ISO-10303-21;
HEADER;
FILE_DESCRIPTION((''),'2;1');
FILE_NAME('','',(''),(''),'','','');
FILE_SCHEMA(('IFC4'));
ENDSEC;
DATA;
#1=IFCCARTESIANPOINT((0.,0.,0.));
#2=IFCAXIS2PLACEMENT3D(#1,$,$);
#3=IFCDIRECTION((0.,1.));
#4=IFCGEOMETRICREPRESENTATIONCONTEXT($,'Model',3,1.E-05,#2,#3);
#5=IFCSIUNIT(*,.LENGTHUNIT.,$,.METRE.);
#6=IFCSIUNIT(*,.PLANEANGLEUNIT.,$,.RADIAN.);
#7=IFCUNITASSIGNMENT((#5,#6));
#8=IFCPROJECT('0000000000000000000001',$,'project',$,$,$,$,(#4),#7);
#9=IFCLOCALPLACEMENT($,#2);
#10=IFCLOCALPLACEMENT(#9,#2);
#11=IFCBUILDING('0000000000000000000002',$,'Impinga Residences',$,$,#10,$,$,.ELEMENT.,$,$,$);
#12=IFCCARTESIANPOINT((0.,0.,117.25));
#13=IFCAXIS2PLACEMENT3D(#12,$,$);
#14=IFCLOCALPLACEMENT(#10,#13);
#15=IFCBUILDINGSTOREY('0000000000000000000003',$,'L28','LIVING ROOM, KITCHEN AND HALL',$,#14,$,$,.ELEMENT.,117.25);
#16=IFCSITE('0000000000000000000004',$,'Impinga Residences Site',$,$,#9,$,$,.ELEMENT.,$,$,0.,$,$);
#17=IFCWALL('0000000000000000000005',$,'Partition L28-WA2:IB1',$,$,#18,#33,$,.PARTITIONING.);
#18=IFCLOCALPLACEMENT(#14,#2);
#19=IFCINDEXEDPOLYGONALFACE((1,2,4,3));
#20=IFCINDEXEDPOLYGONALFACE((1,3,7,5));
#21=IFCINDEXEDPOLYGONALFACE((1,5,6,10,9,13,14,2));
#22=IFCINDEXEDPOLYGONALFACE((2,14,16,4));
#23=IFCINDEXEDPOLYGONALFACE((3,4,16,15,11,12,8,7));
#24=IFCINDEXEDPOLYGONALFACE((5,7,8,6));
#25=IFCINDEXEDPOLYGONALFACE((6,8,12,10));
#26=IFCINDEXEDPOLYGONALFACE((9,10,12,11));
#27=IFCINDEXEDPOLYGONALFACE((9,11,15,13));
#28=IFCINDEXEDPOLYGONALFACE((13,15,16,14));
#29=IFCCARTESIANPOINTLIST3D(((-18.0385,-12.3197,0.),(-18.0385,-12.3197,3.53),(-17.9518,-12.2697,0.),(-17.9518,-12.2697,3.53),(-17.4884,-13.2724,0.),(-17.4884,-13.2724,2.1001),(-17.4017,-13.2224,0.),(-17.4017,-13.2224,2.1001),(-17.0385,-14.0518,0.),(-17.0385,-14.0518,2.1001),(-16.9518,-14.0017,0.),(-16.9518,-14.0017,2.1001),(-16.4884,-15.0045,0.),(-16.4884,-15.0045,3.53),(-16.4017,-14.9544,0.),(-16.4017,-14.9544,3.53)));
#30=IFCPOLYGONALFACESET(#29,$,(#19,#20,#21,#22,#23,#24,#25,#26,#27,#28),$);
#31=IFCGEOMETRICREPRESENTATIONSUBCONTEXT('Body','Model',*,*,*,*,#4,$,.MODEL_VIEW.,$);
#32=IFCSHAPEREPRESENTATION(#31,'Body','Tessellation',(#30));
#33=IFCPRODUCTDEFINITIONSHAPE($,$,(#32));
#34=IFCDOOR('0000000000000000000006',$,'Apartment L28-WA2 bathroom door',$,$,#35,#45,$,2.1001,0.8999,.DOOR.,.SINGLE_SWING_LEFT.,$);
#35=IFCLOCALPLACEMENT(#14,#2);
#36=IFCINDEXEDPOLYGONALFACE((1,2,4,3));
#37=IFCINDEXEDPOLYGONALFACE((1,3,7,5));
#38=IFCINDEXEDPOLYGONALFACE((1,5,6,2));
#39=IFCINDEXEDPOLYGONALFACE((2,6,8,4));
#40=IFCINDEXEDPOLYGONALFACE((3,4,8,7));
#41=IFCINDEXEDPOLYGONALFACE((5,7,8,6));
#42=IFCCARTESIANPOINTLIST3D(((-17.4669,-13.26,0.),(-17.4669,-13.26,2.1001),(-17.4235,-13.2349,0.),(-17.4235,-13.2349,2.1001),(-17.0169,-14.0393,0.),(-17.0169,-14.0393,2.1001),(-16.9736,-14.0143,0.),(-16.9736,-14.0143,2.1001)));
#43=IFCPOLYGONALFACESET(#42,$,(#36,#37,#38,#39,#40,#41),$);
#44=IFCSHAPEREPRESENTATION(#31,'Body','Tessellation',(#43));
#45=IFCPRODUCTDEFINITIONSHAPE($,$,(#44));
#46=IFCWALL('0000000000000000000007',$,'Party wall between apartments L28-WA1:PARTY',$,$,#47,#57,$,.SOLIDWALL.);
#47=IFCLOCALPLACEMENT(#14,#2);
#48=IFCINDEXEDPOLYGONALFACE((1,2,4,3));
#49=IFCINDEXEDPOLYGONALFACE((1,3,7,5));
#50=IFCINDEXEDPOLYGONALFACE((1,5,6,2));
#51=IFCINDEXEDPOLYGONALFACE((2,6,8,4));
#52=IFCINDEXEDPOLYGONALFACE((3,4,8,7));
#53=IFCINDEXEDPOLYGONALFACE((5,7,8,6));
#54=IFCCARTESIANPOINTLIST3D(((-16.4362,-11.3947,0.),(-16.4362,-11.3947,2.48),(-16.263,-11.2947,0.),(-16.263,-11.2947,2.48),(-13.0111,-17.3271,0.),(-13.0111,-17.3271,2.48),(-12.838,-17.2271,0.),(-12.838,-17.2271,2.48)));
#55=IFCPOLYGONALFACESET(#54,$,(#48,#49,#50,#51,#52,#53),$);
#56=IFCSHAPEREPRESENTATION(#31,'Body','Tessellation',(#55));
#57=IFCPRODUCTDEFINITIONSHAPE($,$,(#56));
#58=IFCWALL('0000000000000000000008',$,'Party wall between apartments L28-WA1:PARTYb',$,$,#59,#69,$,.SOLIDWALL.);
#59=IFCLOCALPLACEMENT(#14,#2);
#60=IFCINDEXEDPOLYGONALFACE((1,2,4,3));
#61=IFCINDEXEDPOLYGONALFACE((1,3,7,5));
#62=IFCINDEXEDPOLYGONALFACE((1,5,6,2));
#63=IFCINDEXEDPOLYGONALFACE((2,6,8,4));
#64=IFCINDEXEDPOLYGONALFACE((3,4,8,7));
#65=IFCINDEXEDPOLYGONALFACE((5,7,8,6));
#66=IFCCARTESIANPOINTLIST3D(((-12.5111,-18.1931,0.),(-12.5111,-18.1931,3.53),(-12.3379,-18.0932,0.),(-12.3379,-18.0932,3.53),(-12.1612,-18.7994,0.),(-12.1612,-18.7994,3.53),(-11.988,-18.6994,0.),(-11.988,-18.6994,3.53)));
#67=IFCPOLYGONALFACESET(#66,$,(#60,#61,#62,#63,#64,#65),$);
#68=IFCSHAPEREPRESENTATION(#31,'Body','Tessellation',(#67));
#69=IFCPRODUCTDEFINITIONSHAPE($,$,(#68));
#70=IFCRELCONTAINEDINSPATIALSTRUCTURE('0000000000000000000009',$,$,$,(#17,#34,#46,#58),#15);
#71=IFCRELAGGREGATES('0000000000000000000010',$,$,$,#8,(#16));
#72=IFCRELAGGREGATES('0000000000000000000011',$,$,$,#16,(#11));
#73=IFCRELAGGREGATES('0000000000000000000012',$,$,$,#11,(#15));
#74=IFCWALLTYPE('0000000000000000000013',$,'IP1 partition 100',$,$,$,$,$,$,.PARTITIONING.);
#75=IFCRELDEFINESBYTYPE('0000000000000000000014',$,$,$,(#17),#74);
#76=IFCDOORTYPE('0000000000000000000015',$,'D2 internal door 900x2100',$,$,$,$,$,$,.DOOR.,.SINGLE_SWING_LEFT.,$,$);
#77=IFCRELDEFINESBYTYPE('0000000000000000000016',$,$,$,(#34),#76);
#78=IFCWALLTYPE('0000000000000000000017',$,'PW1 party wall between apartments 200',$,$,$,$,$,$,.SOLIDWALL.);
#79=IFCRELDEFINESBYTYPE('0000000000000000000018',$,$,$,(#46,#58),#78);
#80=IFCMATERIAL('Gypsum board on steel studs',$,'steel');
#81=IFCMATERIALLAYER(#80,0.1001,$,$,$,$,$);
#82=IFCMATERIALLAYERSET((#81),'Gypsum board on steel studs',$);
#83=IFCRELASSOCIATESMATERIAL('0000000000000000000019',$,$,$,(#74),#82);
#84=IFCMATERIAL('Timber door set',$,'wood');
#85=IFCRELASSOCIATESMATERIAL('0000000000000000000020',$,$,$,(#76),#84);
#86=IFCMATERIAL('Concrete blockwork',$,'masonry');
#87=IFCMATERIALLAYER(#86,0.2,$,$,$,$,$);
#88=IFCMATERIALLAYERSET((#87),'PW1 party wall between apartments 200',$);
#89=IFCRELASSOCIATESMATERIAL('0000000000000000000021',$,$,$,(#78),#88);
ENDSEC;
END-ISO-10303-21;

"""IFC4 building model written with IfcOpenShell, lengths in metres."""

from ifc_helpers import new_model, si_unit, direction, frame, frame_2d, origin, place, context, subcontext, project, spatial, rectangle, extrude, material, layer, layer_set, type_object, element, fill, save


model = new_model("IFC4")

# Units and contexts
model_context = context("Model", 3, precision=1e-05, world=origin(), true_north=direction((0.0, 1.0)))
body_context = subcontext(model_context, "Body", "Model", "MODEL_VIEW")
ifc_project = project(units=[si_unit("LENGTHUNIT", "METRE"), si_unit("PLANEANGLEUNIT", "RADIAN")], contexts=[model_context])

# Site, building, storey
site_placement = place(None, origin())
site = spatial("IfcSite", under=ifc_project, at=site_placement, Name="Impinga Residences Site", CompositionType="ELEMENT", RefElevation=0.0)
building_placement = place(site_placement, origin())
building = spatial("IfcBuilding", under=site, at=building_placement, Name="Impinga Residences", CompositionType="ELEMENT")
storey_placement = place(building_placement, frame((0.0, 0.0, 117.25)))
storey = spatial("IfcBuildingStorey", under=building, at=storey_placement, Name="L28", Description="LIVING ROOM, KITCHEN AND HALL", CompositionType="ELEMENT", Elevation=117.25)

# Shared definitions
ifc_material_1 = material(Name="Gypsum board on steel studs", Category="steel")
ifc_layer_1 = layer(ifc_material_1, 0.1001)
ifc_layer_set_1 = layer_set([ifc_layer_1], Name="Gypsum board on steel studs")
wall_type_1 = type_object("IfcWallType", Name="IP1 partition 100", PredefinedType="PARTITIONING", material=ifc_layer_set_1)
ifc_material_2 = material(Name="Timber door set", Category="wood")
door_type = type_object("IfcDoorType", Name="D2 internal door 900x2100", OperationType="SINGLE_SWING_LEFT", PredefinedType="DOOR", material=ifc_material_2)

# Wall, opening, door
wall_1_placement = place(storey_placement, frame((-17.9951, -12.2947, 0.0), z_axis=(0.0, 0.0, 1.0), x_axis=(0.499993, -0.86603, 0.0)))
wall_1 = element("IfcWall", 1, at=wall_1_placement, inside=storey, type_object=wall_type_1, Name="Partition L28-WA2:IB1", PredefinedType="PARTITIONING", context=body_context, shape_type="SweptSolid", body=[
    extrude(rectangle(XDim=3.1001, YDim=0.1001, at=frame_2d((1.55, 0.0))), origin(), (0.0, 0.0, 1.0), 3.53),
])
opening_1_placement = place(wall_1_placement, frame((1.1001, 0.0, 0.0)))
opening_1 = element("IfcOpeningElement", 2, at=opening_1_placement, cuts=wall_1, PredefinedType="OPENING", context=body_context, shape_type="SweptSolid", body=[
    extrude(rectangle(XDim=0.8999, YDim=2.1001, at=frame_2d((0.45, 1.05))), frame((0.0, 0.0601, 0.0), z_axis=(0.0, -1.0, 0.0), x_axis=(1.0, 0.0, 0.0)), (0.0, 0.0, 1.0), 0.1201),
])
door_1_placement = place(opening_1_placement, origin())
door_1 = element("IfcDoor", 3, at=door_1_placement, inside=storey, type_object=door_type, Name="Apartment L28-WA2 bathroom door", OperationType="SINGLE_SWING_LEFT", OverallHeight=2.1001, OverallWidth=0.8999, PredefinedType="DOOR", context=body_context, shape_type="SweptSolid", body=[
    extrude(rectangle(XDim=0.8999, YDim=2.1001, at=frame_2d((0.45, 1.05))), frame((0.0, 0.0249, 0.0), z_axis=(0.0, -1.0, 0.0), x_axis=(1.0, 0.0, 0.0)), (0.0, 0.0, 1.0), 0.05),
])
fill(opening_1, door_1)

# Walls
ifc_material_3 = material(Name="Concrete blockwork", Category="masonry")
ifc_layer_2 = layer(ifc_material_3, 0.2)
ifc_layer_set_2 = layer_set([ifc_layer_2], Name="PW1 party wall between apartments 200")
wall_type_2 = type_object("IfcWallType", Name="PW1 party wall between apartments 200", PredefinedType="SOLIDWALL", material=ifc_layer_set_2)
wall_2_placement = place(storey_placement, frame((-16.3496, -11.3447, 0.0), z_axis=(0.0, 0.0, 1.0), x_axis=(0.499999, -0.866026, 0.0)))
element("IfcWall", 4, at=wall_2_placement, inside=storey, type_object=wall_type_2, Name="Party wall between apartments L28-WA1:PARTY", PredefinedType="SOLIDWALL", context=body_context, shape_type="SweptSolid", body=[
    extrude(rectangle(XDim=6.8501, YDim=0.2, at=frame_2d((3.425, 0.0))), origin(), (0.0, 0.0, 1.0), 2.48),
])
wall_3_placement = place(storey_placement, frame((-12.4246, -18.1431, 0.0), z_axis=(0.0, 0.0, 1.0), x_axis=(0.499853, -0.86611, 0.0)))
element("IfcWall", 5, at=wall_3_placement, inside=storey, type_object=wall_type_2, Name="Party wall between apartments L28-WA1:PARTYb", PredefinedType="SOLIDWALL", context=body_context, shape_type="SweptSolid", body=[
    extrude(rectangle(XDim=0.7, YDim=0.2, at=frame_2d((0.3501, 0.0))), origin(), (0.0, 0.0, 1.0), 3.53),
])

save(model, "model.ifc")
